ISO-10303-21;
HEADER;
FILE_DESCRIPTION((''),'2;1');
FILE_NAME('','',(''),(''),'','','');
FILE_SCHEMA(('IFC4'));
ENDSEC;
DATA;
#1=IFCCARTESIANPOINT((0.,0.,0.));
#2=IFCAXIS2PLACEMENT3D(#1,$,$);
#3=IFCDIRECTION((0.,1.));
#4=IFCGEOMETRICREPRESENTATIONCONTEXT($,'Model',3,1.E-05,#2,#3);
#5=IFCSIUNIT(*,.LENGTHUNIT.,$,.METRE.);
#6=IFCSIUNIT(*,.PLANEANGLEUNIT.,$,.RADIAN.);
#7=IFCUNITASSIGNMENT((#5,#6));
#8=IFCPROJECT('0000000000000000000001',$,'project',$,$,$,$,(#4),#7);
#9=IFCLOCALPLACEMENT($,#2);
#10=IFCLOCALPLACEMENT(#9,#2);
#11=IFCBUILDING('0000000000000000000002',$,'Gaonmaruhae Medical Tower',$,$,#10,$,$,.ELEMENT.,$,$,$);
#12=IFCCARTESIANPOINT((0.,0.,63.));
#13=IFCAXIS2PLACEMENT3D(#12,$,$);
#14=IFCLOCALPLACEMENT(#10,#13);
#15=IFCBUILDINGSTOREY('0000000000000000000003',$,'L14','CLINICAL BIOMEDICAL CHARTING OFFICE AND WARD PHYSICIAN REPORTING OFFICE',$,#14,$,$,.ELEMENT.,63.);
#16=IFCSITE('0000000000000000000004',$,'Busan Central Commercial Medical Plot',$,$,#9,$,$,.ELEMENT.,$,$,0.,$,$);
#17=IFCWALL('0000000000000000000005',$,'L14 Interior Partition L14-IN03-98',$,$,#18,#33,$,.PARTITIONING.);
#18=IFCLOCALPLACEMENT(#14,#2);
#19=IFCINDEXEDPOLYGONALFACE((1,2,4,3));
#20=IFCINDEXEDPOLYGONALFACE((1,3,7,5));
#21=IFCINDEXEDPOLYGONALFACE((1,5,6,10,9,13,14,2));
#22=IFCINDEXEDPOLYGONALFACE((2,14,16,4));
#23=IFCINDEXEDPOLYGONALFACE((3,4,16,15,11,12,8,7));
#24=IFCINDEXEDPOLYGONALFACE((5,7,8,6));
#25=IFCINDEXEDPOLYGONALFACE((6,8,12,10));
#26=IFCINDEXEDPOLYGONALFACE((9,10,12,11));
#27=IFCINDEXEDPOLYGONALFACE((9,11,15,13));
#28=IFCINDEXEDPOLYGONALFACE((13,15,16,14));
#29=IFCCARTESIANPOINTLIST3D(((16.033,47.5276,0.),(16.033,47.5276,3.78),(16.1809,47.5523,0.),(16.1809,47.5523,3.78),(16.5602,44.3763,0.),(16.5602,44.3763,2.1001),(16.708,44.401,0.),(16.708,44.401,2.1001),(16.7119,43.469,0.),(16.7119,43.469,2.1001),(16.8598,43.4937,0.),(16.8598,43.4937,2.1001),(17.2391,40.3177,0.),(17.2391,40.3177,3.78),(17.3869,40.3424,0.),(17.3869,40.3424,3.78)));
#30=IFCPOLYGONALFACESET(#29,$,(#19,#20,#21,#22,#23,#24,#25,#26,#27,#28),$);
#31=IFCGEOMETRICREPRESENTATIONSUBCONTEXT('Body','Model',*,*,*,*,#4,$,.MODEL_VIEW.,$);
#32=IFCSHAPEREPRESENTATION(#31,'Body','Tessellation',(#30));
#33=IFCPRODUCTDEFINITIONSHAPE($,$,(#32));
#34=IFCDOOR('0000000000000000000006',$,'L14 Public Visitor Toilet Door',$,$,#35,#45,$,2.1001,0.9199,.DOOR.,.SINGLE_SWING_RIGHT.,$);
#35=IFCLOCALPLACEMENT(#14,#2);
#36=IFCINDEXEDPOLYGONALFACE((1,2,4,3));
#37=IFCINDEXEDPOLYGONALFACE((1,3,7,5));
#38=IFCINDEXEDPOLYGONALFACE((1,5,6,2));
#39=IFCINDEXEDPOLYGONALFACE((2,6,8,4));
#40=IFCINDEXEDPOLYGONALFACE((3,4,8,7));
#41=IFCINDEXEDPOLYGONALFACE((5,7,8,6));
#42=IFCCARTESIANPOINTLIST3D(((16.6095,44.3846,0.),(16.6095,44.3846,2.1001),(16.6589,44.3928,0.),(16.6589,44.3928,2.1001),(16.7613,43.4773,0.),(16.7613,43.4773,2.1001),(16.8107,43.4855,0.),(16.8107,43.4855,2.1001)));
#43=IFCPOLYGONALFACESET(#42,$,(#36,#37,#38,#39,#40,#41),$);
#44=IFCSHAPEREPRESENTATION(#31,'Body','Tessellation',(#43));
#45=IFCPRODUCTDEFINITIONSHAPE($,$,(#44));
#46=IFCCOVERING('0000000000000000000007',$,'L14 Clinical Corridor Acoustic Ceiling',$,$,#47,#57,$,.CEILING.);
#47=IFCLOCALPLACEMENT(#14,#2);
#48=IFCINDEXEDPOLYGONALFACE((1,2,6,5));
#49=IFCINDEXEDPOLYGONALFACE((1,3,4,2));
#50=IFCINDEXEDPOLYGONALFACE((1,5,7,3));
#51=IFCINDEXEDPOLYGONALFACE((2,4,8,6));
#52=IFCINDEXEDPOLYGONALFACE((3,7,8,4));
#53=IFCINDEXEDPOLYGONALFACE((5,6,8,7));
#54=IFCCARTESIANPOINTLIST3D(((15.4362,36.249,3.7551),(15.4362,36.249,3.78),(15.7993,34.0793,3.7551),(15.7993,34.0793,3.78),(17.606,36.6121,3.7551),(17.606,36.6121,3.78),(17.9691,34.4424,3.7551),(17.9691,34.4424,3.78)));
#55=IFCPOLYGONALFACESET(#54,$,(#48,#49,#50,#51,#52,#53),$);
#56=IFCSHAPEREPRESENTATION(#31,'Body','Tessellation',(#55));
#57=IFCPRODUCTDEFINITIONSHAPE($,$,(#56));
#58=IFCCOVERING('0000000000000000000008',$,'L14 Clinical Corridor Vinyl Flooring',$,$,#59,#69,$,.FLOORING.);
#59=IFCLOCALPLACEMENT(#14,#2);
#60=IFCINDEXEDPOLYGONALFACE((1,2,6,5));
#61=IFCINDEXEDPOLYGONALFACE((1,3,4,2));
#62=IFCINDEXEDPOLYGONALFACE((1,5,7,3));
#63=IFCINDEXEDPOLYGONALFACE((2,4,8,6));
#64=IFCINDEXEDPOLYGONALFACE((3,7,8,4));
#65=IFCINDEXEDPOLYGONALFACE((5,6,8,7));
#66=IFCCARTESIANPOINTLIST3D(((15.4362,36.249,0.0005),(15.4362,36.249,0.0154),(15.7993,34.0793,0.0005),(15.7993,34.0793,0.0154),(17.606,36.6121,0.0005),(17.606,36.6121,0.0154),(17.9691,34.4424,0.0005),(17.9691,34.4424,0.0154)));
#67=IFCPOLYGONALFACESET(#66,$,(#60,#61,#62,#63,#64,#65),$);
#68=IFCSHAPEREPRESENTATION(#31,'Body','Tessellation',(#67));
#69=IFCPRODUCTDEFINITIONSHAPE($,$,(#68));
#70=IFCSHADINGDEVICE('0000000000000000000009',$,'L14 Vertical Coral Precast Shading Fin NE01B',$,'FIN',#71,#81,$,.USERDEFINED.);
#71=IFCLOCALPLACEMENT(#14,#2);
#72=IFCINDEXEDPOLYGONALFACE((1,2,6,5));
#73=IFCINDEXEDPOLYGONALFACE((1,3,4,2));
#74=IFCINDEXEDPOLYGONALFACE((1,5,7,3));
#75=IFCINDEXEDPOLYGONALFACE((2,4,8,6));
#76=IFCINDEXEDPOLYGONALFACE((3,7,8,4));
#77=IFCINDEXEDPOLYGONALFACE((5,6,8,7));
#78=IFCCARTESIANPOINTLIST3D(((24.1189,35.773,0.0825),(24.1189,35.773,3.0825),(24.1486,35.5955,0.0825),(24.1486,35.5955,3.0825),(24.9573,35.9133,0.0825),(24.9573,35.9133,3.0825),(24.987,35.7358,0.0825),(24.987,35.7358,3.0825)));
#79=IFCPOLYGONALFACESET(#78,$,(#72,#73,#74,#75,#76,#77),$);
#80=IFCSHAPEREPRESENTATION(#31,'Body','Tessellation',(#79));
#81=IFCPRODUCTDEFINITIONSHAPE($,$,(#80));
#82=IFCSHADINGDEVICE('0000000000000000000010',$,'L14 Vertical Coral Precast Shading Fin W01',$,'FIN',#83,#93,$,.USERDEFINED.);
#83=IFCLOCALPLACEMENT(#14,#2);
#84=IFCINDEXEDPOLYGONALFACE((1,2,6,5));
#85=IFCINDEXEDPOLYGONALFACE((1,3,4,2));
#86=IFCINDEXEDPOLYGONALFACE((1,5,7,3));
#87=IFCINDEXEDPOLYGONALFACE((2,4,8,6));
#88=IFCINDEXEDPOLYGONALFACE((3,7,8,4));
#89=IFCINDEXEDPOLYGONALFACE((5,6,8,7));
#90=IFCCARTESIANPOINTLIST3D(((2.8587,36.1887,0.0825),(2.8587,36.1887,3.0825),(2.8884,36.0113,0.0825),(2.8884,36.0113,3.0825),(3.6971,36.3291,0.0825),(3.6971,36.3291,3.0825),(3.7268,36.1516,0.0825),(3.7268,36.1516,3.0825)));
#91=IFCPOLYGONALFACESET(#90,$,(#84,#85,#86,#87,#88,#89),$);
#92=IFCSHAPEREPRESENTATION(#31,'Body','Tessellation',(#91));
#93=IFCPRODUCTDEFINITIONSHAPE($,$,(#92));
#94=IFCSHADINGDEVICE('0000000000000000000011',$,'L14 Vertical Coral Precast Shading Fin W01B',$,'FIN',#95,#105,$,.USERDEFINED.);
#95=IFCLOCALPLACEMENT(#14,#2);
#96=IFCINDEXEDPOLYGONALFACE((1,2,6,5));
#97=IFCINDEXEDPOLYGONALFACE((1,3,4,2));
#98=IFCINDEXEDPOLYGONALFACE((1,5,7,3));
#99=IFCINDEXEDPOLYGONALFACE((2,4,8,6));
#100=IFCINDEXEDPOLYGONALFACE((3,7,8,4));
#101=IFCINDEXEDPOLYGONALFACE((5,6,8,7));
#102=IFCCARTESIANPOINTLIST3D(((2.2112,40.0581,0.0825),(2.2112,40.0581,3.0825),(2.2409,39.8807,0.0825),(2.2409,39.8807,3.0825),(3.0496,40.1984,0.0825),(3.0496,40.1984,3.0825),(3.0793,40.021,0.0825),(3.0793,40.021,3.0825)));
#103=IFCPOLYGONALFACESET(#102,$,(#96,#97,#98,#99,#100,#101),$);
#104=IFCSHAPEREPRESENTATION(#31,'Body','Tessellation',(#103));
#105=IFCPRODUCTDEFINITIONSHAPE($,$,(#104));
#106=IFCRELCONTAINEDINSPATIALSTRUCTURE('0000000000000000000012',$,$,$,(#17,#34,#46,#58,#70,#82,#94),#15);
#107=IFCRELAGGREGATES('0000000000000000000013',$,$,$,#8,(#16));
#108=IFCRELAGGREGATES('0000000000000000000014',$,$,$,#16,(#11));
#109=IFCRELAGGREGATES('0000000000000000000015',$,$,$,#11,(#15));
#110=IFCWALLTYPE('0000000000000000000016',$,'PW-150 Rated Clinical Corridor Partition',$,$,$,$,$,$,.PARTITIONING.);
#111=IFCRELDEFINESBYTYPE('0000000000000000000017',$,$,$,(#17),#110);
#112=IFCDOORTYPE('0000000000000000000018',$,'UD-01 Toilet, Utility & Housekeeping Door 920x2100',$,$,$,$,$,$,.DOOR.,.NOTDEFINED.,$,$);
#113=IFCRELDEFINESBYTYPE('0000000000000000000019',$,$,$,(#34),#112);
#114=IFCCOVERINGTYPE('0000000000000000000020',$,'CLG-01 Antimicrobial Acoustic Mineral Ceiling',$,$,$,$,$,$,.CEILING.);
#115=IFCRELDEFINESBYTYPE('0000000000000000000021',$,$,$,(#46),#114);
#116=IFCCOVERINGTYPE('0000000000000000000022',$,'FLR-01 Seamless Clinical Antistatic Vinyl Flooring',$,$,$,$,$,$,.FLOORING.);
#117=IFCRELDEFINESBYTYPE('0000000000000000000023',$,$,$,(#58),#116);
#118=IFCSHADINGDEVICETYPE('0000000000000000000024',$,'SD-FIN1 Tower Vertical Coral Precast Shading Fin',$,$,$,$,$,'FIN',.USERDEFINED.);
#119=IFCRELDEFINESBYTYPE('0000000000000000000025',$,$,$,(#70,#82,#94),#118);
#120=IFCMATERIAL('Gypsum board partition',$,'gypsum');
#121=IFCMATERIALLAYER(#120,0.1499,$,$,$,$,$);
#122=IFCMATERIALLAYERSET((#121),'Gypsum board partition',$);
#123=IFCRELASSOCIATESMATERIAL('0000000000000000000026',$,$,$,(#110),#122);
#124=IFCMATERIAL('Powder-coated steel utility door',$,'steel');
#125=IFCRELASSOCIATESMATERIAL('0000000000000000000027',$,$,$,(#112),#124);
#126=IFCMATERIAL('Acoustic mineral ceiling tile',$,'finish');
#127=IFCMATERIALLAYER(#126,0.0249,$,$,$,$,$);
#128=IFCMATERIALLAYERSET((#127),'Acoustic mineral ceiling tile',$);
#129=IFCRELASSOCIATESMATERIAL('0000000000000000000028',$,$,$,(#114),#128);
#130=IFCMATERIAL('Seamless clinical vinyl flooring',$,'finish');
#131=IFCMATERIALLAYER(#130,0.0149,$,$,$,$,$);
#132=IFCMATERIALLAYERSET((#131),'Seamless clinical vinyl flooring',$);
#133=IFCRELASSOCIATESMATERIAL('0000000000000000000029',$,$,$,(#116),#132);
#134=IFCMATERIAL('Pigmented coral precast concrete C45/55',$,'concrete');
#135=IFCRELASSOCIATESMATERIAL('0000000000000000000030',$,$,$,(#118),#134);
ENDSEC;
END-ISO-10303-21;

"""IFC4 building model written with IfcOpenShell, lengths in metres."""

from ifc_helpers import new_model, si_unit, direction, frame, frame_2d, origin, origin_2d, place, context, subcontext, project, spatial, rectangle, extrude, material, layer, layer_set, type_object, element, fill, save


model = new_model("IFC4")

# Units and contexts
model_context = context("Model", 3, precision=1e-05, world=origin(), true_north=direction((0.0, 1.0)))
body_context = subcontext(model_context, "Body", "Model", "MODEL_VIEW")
ifc_project = project(units=[si_unit("LENGTHUNIT", "METRE"), si_unit("PLANEANGLEUNIT", "RADIAN")], contexts=[model_context])

# Site, building, storey
site_placement = place(None, origin())
site = spatial("IfcSite", under=ifc_project, at=site_placement, Name="Busan Central Commercial Medical Plot", CompositionType="ELEMENT", RefElevation=0.0)
building_placement = place(site_placement, origin())
building = spatial("IfcBuilding", under=site, at=building_placement, Name="Gaonmaruhae Medical Tower", CompositionType="ELEMENT")
storey_placement = place(building_placement, frame((0.0, 0.0, 63.0)))
storey = spatial("IfcBuildingStorey", under=building, at=storey_placement, Name="L14", Description="CLINICAL BIOMEDICAL CHARTING OFFICE AND WARD PHYSICIAN REPORTING OFFICE", CompositionType="ELEMENT", Elevation=63.0)

# Shared definitions
ifc_material_1 = material(Name="Gypsum board partition", Category="gypsum")
ifc_layer_1 = layer(ifc_material_1, 0.1499)
ifc_layer_set_1 = layer_set([ifc_layer_1], Name="Gypsum board partition")
wall_type_1 = type_object("IfcWallType", Name="PW-150 Rated Clinical Corridor Partition", PredefinedType="PARTITIONING", material=ifc_layer_set_1)

# Shared definitions
ifc_material_2 = material(Name="Powder-coated steel utility door", Category="steel")
door_type_1 = type_object("IfcDoorType", Name="UD-01 Toilet, Utility & Housekeeping Door 920x2100", OperationType="NOTDEFINED", PredefinedType="DOOR", material=ifc_material_2)

# Wall, opening, door
wall_1_placement = place(storey_placement, frame((17.313, 40.3301, 0.0), z_axis=(0.0, 0.0, 1.0), x_axis=(-0.164984, 0.986296, 0.0)))
wall_1 = element("IfcWall", 1, at=wall_1_placement, inside=storey, type_object=wall_type_1, Name="L14 Interior Partition L14-IN03-98", PredefinedType="PARTITIONING", context=body_context, shape_type="SweptSolid", body=[
    extrude(rectangle(XDim=7.3101, YDim=0.1499, at=frame_2d((3.655, 0.0))), origin(), (0.0, 0.0, 1.0), 3.78),
])
opening_1_placement = place(wall_1_placement, frame((3.1951, 0.0, 0.0)))
opening_1 = element("IfcOpeningElement", 2, at=opening_1_placement, cuts=wall_1, PredefinedType="OPENING", context=body_context, shape_type="SweptSolid", body=[
    extrude(rectangle(XDim=0.9199, YDim=2.1001, at=frame_2d((0.46, 1.05))), frame((0.0, 0.085, 0.0), z_axis=(0.0, -1.0, 0.0), x_axis=(1.0, 0.0, 0.0)), (0.0, 0.0, 1.0), 0.1699),
])
door_1_placement = place(opening_1_placement, origin())
door_1 = element("IfcDoor", 3, at=door_1_placement, inside=storey, type_object=door_type_1, Name="L14 Public Visitor Toilet Door", OperationType="SINGLE_SWING_RIGHT", OverallHeight=2.1001, OverallWidth=0.9199, PredefinedType="DOOR", context=body_context, shape_type="SweptSolid", body=[
    extrude(rectangle(XDim=0.9199, YDim=2.1001, at=frame_2d((0.46, 1.05))), frame((0.0, 0.0249, 0.0), z_axis=(0.0, -1.0, 0.0), x_axis=(1.0, 0.0, 0.0)), (0.0, 0.0, 1.0), 0.05),
])
fill(opening_1, door_1)

# Coverings
ifc_material_3 = material(Name="Acoustic mineral ceiling tile", Category="finish")
ifc_layer_2 = layer(ifc_material_3, 0.0249)
ifc_layer_set_2 = layer_set([ifc_layer_2], Name="Acoustic mineral ceiling tile")
covering_type_1 = type_object("IfcCoveringType", Name="CLG-01 Antimicrobial Acoustic Mineral Ceiling", PredefinedType="CEILING", material=ifc_layer_set_2)
covering_1_placement = place(storey_placement, frame((16.7026, 35.3457, 3.7551), z_axis=(0.0, 0.0, 1.0), x_axis=(0.986286, 0.165048, 0.0)))
element("IfcCovering", 4, at=covering_1_placement, inside=storey, type_object=covering_type_1, Name="L14 Clinical Corridor Acoustic Ceiling", PredefinedType="CEILING", context=body_context, shape_type="SweptSolid", body=[
    extrude(rectangle(XDim=2.2, YDim=2.2, at=origin_2d()), origin(), (0.0, 0.0, 1.0), 0.0249),
])
ifc_material_4 = material(Name="Seamless clinical vinyl flooring", Category="finish")
ifc_layer_3 = layer(ifc_material_4, 0.0149)
ifc_layer_set_3 = layer_set([ifc_layer_3], Name="Seamless clinical vinyl flooring")
covering_type_2 = type_object("IfcCoveringType", Name="FLR-01 Seamless Clinical Antistatic Vinyl Flooring", PredefinedType="FLOORING", material=ifc_layer_set_3)
covering_2_placement = place(storey_placement, frame((16.7026, 35.3457, 0.0005), z_axis=(0.0, 0.0, 1.0), x_axis=(0.986286, 0.165048, 0.0)))
element("IfcCovering", 5, at=covering_2_placement, inside=storey, type_object=covering_type_2, Name="L14 Clinical Corridor Vinyl Flooring", PredefinedType="FLOORING", context=body_context, shape_type="SweptSolid", body=[
    extrude(rectangle(XDim=2.2, YDim=2.2, at=origin_2d()), origin(), (0.0, 0.0, 1.0), 0.0149),
])

# Shading devices
ifc_material_5 = material(Name="Pigmented coral precast concrete C45/55", Category="concrete")
shading_device_type = type_object("IfcShadingDeviceType", Name="SD-FIN1 Tower Vertical Coral Precast Shading Fin", ElementType="FIN", PredefinedType="USERDEFINED", material=ifc_material_5)
for number, where, z_axis, x_axis, name in (
    (6, (24.553, 35.7544, 0.0825), (0.0, 0.0, 1.0), (-0.165048, 0.986286, 0.0), "L14 Vertical Coral Precast Shading Fin NE01B"),
    (7, (3.2927, 36.1702, 0.0825), (0.0, 0.0, 1.0), (-0.165065, 0.986283, 0.0), "L14 Vertical Coral Precast Shading Fin W01"),
    (8, (2.6453, 40.0396, 0.0825), (0.0, 0.0, 1.0), (-0.165065, 0.986283, 0.0), "L14 Vertical Coral Precast Shading Fin W01B"),
):
    element("IfcShadingDevice", number, at=place(storey_placement, frame(where, z_axis=z_axis, x_axis=x_axis)), inside=storey, type_object=shading_device_type, Name=name, ObjectType="FIN", PredefinedType="USERDEFINED", context=body_context, shape_type="SweptSolid", body=[
        extrude(rectangle(XDim=0.1799, YDim=0.8501, at=origin_2d()), origin(), (0.0, 0.0, 1.0), 3.0),
    ])

save(model, "model.ifc")
